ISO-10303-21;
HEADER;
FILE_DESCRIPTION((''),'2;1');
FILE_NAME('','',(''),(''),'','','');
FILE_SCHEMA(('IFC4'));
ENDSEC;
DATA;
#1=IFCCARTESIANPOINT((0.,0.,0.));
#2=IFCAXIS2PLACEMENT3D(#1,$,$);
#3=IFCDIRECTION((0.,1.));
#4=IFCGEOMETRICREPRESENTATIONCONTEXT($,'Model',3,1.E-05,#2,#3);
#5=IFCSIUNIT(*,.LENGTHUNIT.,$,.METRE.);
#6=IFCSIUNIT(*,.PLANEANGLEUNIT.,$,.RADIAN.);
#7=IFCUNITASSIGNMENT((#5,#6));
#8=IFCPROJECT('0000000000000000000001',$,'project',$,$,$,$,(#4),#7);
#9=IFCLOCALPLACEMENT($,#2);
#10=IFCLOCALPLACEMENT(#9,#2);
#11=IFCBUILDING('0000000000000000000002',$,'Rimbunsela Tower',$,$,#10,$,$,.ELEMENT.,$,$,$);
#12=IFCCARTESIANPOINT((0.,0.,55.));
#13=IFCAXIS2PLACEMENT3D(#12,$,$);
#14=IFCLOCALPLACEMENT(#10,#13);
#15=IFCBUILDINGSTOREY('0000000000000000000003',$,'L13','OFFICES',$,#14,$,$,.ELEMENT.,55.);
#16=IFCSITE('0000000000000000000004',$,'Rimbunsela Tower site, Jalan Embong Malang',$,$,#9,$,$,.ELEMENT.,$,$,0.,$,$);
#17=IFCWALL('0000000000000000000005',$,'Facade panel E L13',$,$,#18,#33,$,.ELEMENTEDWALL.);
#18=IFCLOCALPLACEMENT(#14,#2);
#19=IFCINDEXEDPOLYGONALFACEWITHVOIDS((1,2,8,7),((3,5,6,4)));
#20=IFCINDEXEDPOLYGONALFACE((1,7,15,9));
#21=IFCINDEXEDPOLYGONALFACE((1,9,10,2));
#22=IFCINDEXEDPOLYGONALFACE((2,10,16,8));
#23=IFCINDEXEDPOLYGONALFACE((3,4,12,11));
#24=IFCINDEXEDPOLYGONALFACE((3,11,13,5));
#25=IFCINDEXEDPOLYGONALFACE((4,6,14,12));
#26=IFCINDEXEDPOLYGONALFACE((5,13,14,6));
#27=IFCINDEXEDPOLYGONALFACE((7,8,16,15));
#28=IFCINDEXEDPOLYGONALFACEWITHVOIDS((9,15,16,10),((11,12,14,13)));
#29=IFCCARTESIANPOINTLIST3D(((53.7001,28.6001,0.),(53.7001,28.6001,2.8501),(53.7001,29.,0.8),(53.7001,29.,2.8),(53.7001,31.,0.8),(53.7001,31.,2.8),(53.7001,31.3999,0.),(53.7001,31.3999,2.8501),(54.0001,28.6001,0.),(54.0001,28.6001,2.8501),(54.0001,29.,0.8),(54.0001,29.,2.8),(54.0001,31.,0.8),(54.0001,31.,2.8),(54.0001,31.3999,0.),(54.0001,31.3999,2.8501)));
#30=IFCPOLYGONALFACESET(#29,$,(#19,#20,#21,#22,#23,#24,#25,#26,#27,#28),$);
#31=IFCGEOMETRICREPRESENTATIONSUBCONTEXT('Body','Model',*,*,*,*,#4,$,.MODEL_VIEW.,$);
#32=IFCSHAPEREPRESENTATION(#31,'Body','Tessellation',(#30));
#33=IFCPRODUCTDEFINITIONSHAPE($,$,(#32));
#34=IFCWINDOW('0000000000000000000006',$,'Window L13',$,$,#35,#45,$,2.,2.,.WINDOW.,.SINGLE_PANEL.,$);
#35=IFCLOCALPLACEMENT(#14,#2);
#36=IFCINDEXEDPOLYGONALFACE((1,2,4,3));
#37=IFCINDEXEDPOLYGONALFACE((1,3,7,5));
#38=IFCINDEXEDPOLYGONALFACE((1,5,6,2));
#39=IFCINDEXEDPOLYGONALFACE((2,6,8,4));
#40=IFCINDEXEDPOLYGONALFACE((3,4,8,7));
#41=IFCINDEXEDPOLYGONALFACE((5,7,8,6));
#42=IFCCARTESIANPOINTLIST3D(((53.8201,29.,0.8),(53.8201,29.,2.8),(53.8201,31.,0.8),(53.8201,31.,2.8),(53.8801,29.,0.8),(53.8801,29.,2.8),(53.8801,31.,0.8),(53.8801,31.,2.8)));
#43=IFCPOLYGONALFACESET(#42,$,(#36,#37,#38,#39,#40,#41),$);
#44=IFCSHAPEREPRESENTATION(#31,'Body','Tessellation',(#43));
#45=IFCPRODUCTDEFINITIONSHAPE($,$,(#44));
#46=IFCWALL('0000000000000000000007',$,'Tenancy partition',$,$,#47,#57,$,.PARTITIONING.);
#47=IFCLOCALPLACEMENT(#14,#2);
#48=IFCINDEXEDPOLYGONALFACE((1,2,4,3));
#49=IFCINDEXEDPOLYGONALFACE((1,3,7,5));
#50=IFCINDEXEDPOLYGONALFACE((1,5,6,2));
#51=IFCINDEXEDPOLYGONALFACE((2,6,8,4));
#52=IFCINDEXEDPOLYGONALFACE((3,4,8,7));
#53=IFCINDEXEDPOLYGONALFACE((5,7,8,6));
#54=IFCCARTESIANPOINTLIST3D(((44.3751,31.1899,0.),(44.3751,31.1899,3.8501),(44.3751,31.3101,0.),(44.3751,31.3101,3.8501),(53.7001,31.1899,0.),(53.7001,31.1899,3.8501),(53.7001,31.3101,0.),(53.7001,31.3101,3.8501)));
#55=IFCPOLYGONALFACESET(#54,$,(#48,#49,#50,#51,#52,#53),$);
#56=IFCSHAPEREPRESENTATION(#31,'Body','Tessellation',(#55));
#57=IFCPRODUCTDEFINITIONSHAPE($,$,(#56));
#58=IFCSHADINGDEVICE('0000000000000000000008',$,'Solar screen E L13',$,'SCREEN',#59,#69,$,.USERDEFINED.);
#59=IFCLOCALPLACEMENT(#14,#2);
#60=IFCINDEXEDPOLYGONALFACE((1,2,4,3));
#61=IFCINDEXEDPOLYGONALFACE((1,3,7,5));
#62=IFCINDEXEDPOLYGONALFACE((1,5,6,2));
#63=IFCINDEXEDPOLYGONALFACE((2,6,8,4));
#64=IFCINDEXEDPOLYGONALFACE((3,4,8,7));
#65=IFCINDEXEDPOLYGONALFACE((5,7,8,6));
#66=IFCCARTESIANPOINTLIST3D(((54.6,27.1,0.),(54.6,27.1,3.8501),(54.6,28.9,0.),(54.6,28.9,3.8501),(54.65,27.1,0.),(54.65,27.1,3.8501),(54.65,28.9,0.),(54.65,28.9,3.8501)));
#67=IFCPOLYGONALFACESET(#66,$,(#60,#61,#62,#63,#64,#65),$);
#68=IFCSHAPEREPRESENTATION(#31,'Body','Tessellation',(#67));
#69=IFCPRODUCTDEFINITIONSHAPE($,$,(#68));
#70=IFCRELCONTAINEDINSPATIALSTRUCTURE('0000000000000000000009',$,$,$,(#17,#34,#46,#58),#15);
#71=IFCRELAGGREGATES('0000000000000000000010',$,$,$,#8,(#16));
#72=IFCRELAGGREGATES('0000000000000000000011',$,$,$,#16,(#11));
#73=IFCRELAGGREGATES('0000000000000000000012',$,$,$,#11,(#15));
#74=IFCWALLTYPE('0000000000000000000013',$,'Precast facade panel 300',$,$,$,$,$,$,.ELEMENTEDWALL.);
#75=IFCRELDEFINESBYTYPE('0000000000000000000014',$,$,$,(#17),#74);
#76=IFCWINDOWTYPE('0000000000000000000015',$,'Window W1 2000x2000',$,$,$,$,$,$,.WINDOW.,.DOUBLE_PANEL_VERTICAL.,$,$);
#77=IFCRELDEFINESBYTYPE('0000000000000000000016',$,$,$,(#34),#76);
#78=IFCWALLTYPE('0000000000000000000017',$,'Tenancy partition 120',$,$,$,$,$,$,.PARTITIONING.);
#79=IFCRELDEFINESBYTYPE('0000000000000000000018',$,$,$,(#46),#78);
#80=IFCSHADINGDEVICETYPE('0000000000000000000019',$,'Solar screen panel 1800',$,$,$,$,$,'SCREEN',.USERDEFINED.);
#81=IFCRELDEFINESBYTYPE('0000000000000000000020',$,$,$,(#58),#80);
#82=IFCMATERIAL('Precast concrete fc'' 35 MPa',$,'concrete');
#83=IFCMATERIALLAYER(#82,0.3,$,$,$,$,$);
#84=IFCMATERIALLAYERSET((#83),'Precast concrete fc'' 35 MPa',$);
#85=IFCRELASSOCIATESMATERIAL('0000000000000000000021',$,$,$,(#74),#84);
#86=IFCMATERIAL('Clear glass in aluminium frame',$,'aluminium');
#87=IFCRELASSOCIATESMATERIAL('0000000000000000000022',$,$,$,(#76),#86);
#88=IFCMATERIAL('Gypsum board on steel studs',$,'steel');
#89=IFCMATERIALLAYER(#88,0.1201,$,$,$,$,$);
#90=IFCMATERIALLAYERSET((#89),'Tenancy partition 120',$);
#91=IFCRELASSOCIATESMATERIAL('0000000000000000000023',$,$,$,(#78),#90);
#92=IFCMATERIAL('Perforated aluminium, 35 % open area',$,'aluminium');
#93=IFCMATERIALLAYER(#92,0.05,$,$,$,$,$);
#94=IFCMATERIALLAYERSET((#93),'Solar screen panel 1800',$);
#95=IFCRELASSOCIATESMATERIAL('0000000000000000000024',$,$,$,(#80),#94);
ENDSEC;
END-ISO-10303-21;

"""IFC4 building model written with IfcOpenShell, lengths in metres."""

from ifc_helpers import new_model, si_unit, direction, frame, frame_2d, origin, origin_2d, place, context, subcontext, project, spatial, rectangle, extrude, material, layer, layer_set, type_object, element, fill, save


model = new_model("IFC4")

# Units and contexts
model_context = context("Model", 3, precision=1e-05, world=origin(), true_north=direction((0.0, 1.0)))
body_context = subcontext(model_context, "Body", "Model", "MODEL_VIEW")
ifc_project = project(units=[si_unit("LENGTHUNIT", "METRE"), si_unit("PLANEANGLEUNIT", "RADIAN")], contexts=[model_context])

# Site, building, storey
site_placement = place(None, origin())
site = spatial("IfcSite", under=ifc_project, at=site_placement, Name="Rimbunsela Tower site, Jalan Embong Malang", CompositionType="ELEMENT", RefElevation=0.0)
building_placement = place(site_placement, origin())
building = spatial("IfcBuilding", under=site, at=building_placement, Name="Rimbunsela Tower", CompositionType="ELEMENT")
storey_placement = place(building_placement, frame((0.0, 0.0, 55.0)))
storey = spatial("IfcBuildingStorey", under=building, at=storey_placement, Name="L13", Description="OFFICES", CompositionType="ELEMENT", Elevation=55.0)

# Wall, opening, window
ifc_material_1 = material(Name="Precast concrete fc' 35 MPa", Category="concrete")
ifc_layer_1 = layer(ifc_material_1, 0.3)
ifc_layer_set_1 = layer_set([ifc_layer_1], Name="Precast concrete fc' 35 MPa")
wall_type_1 = type_object("IfcWallType", Name="Precast facade panel 300", PredefinedType="ELEMENTEDWALL", material=ifc_layer_set_1)
wall_1_placement = place(storey_placement, frame((53.8501, 28.6001, 0.0), z_axis=(0.0, 0.0, 1.0), x_axis=(0.0, 1.0, 0.0)))
wall_1 = element("IfcWall", 1, at=wall_1_placement, inside=storey, type_object=wall_type_1, Name="Facade panel E L13", PredefinedType="ELEMENTEDWALL", context=body_context, shape_type="SweptSolid", body=[
    extrude(rectangle(XDim=2.7998, YDim=0.3, at=frame_2d((1.3999, 0.0))), origin(), (0.0, 0.0, 1.0), 2.8501),
])
opening_placement = place(wall_1_placement, frame((0.3999, 0.0, 0.8)))
opening = element("IfcOpeningElement", 2, at=opening_placement, cuts=wall_1, PredefinedType="OPENING", context=body_context, shape_type="SweptSolid", body=[
    extrude(rectangle(XDim=2.0, YDim=2.0, at=frame_2d((1.0, 1.0))), frame((0.0, 0.1599, 0.0), z_axis=(0.0, -1.0, 0.0), x_axis=(1.0, 0.0, 0.0)), (0.0, 0.0, 1.0), 0.3201),
])
ifc_material_2 = material(Name="Clear glass in aluminium frame", Category="aluminium")
window_type = type_object("IfcWindowType", Name="Window W1 2000x2000", PartitioningType="DOUBLE_PANEL_VERTICAL", PredefinedType="WINDOW", material=ifc_material_2)
window_placement = place(opening_placement, origin())
window = element("IfcWindow", 3, at=window_placement, inside=storey, type_object=window_type, Name="Window L13", OverallHeight=2.0, OverallWidth=2.0, PartitioningType="SINGLE_PANEL", PredefinedType="WINDOW", context=body_context, shape_type="SweptSolid", body=[
    extrude(rectangle(XDim=2.0, YDim=2.0, at=frame_2d((1.0, 1.0))), frame((0.0, 0.03, 0.0), z_axis=(0.0, -1.0, 0.0), x_axis=(1.0, 0.0, 0.0)), (0.0, 0.0, 1.0), 0.0601),
])
fill(opening, window)

# Wall
ifc_material_3 = material(Name="Gypsum board on steel studs", Category="steel")
ifc_layer_2 = layer(ifc_material_3, 0.1201)
ifc_layer_set_2 = layer_set([ifc_layer_2], Name="Tenancy partition 120")
wall_type_2 = type_object("IfcWallType", Name="Tenancy partition 120", PredefinedType="PARTITIONING", material=ifc_layer_set_2)
wall_2_placement = place(storey_placement, frame((44.375, 31.25, 0.0), z_axis=(0.0, 0.0, 1.0), x_axis=(1.0, 0.0, 0.0)))
element("IfcWall", 4, at=wall_2_placement, inside=storey, type_object=wall_type_2, Name="Tenancy partition", PredefinedType="PARTITIONING", context=body_context, shape_type="SweptSolid", body=[
    extrude(rectangle(XDim=9.325, YDim=0.1201, at=frame_2d((4.6626, 0.0))), origin(), (0.0, 0.0, 1.0), 3.8501),
])

# Shading device
ifc_material_4 = material(Name="Perforated aluminium, 35 % open area", Category="aluminium")
ifc_layer_3 = layer(ifc_material_4, 0.05)
ifc_layer_set_3 = layer_set([ifc_layer_3], Name="Solar screen panel 1800")
shading_device_type = type_object("IfcShadingDeviceType", Name="Solar screen panel 1800", ElementType="SCREEN", PredefinedType="USERDEFINED", material=ifc_layer_set_3)
shading_device_placement = place(storey_placement, frame((54.625, 28.0, 0.0), z_axis=(0.0, 0.0, 1.0), x_axis=(0.0, 1.0, 0.0)))
element("IfcShadingDevice", 5, at=shading_device_placement, inside=storey, type_object=shading_device_type, Name="Solar screen E L13", ObjectType="SCREEN", PredefinedType="USERDEFINED", context=body_context, shape_type="SweptSolid", body=[
    extrude(rectangle(XDim=1.8, YDim=0.05, at=origin_2d()), origin(), (0.0, 0.0, 1.0), 3.8501),
])

save(model, "model.ifc")
